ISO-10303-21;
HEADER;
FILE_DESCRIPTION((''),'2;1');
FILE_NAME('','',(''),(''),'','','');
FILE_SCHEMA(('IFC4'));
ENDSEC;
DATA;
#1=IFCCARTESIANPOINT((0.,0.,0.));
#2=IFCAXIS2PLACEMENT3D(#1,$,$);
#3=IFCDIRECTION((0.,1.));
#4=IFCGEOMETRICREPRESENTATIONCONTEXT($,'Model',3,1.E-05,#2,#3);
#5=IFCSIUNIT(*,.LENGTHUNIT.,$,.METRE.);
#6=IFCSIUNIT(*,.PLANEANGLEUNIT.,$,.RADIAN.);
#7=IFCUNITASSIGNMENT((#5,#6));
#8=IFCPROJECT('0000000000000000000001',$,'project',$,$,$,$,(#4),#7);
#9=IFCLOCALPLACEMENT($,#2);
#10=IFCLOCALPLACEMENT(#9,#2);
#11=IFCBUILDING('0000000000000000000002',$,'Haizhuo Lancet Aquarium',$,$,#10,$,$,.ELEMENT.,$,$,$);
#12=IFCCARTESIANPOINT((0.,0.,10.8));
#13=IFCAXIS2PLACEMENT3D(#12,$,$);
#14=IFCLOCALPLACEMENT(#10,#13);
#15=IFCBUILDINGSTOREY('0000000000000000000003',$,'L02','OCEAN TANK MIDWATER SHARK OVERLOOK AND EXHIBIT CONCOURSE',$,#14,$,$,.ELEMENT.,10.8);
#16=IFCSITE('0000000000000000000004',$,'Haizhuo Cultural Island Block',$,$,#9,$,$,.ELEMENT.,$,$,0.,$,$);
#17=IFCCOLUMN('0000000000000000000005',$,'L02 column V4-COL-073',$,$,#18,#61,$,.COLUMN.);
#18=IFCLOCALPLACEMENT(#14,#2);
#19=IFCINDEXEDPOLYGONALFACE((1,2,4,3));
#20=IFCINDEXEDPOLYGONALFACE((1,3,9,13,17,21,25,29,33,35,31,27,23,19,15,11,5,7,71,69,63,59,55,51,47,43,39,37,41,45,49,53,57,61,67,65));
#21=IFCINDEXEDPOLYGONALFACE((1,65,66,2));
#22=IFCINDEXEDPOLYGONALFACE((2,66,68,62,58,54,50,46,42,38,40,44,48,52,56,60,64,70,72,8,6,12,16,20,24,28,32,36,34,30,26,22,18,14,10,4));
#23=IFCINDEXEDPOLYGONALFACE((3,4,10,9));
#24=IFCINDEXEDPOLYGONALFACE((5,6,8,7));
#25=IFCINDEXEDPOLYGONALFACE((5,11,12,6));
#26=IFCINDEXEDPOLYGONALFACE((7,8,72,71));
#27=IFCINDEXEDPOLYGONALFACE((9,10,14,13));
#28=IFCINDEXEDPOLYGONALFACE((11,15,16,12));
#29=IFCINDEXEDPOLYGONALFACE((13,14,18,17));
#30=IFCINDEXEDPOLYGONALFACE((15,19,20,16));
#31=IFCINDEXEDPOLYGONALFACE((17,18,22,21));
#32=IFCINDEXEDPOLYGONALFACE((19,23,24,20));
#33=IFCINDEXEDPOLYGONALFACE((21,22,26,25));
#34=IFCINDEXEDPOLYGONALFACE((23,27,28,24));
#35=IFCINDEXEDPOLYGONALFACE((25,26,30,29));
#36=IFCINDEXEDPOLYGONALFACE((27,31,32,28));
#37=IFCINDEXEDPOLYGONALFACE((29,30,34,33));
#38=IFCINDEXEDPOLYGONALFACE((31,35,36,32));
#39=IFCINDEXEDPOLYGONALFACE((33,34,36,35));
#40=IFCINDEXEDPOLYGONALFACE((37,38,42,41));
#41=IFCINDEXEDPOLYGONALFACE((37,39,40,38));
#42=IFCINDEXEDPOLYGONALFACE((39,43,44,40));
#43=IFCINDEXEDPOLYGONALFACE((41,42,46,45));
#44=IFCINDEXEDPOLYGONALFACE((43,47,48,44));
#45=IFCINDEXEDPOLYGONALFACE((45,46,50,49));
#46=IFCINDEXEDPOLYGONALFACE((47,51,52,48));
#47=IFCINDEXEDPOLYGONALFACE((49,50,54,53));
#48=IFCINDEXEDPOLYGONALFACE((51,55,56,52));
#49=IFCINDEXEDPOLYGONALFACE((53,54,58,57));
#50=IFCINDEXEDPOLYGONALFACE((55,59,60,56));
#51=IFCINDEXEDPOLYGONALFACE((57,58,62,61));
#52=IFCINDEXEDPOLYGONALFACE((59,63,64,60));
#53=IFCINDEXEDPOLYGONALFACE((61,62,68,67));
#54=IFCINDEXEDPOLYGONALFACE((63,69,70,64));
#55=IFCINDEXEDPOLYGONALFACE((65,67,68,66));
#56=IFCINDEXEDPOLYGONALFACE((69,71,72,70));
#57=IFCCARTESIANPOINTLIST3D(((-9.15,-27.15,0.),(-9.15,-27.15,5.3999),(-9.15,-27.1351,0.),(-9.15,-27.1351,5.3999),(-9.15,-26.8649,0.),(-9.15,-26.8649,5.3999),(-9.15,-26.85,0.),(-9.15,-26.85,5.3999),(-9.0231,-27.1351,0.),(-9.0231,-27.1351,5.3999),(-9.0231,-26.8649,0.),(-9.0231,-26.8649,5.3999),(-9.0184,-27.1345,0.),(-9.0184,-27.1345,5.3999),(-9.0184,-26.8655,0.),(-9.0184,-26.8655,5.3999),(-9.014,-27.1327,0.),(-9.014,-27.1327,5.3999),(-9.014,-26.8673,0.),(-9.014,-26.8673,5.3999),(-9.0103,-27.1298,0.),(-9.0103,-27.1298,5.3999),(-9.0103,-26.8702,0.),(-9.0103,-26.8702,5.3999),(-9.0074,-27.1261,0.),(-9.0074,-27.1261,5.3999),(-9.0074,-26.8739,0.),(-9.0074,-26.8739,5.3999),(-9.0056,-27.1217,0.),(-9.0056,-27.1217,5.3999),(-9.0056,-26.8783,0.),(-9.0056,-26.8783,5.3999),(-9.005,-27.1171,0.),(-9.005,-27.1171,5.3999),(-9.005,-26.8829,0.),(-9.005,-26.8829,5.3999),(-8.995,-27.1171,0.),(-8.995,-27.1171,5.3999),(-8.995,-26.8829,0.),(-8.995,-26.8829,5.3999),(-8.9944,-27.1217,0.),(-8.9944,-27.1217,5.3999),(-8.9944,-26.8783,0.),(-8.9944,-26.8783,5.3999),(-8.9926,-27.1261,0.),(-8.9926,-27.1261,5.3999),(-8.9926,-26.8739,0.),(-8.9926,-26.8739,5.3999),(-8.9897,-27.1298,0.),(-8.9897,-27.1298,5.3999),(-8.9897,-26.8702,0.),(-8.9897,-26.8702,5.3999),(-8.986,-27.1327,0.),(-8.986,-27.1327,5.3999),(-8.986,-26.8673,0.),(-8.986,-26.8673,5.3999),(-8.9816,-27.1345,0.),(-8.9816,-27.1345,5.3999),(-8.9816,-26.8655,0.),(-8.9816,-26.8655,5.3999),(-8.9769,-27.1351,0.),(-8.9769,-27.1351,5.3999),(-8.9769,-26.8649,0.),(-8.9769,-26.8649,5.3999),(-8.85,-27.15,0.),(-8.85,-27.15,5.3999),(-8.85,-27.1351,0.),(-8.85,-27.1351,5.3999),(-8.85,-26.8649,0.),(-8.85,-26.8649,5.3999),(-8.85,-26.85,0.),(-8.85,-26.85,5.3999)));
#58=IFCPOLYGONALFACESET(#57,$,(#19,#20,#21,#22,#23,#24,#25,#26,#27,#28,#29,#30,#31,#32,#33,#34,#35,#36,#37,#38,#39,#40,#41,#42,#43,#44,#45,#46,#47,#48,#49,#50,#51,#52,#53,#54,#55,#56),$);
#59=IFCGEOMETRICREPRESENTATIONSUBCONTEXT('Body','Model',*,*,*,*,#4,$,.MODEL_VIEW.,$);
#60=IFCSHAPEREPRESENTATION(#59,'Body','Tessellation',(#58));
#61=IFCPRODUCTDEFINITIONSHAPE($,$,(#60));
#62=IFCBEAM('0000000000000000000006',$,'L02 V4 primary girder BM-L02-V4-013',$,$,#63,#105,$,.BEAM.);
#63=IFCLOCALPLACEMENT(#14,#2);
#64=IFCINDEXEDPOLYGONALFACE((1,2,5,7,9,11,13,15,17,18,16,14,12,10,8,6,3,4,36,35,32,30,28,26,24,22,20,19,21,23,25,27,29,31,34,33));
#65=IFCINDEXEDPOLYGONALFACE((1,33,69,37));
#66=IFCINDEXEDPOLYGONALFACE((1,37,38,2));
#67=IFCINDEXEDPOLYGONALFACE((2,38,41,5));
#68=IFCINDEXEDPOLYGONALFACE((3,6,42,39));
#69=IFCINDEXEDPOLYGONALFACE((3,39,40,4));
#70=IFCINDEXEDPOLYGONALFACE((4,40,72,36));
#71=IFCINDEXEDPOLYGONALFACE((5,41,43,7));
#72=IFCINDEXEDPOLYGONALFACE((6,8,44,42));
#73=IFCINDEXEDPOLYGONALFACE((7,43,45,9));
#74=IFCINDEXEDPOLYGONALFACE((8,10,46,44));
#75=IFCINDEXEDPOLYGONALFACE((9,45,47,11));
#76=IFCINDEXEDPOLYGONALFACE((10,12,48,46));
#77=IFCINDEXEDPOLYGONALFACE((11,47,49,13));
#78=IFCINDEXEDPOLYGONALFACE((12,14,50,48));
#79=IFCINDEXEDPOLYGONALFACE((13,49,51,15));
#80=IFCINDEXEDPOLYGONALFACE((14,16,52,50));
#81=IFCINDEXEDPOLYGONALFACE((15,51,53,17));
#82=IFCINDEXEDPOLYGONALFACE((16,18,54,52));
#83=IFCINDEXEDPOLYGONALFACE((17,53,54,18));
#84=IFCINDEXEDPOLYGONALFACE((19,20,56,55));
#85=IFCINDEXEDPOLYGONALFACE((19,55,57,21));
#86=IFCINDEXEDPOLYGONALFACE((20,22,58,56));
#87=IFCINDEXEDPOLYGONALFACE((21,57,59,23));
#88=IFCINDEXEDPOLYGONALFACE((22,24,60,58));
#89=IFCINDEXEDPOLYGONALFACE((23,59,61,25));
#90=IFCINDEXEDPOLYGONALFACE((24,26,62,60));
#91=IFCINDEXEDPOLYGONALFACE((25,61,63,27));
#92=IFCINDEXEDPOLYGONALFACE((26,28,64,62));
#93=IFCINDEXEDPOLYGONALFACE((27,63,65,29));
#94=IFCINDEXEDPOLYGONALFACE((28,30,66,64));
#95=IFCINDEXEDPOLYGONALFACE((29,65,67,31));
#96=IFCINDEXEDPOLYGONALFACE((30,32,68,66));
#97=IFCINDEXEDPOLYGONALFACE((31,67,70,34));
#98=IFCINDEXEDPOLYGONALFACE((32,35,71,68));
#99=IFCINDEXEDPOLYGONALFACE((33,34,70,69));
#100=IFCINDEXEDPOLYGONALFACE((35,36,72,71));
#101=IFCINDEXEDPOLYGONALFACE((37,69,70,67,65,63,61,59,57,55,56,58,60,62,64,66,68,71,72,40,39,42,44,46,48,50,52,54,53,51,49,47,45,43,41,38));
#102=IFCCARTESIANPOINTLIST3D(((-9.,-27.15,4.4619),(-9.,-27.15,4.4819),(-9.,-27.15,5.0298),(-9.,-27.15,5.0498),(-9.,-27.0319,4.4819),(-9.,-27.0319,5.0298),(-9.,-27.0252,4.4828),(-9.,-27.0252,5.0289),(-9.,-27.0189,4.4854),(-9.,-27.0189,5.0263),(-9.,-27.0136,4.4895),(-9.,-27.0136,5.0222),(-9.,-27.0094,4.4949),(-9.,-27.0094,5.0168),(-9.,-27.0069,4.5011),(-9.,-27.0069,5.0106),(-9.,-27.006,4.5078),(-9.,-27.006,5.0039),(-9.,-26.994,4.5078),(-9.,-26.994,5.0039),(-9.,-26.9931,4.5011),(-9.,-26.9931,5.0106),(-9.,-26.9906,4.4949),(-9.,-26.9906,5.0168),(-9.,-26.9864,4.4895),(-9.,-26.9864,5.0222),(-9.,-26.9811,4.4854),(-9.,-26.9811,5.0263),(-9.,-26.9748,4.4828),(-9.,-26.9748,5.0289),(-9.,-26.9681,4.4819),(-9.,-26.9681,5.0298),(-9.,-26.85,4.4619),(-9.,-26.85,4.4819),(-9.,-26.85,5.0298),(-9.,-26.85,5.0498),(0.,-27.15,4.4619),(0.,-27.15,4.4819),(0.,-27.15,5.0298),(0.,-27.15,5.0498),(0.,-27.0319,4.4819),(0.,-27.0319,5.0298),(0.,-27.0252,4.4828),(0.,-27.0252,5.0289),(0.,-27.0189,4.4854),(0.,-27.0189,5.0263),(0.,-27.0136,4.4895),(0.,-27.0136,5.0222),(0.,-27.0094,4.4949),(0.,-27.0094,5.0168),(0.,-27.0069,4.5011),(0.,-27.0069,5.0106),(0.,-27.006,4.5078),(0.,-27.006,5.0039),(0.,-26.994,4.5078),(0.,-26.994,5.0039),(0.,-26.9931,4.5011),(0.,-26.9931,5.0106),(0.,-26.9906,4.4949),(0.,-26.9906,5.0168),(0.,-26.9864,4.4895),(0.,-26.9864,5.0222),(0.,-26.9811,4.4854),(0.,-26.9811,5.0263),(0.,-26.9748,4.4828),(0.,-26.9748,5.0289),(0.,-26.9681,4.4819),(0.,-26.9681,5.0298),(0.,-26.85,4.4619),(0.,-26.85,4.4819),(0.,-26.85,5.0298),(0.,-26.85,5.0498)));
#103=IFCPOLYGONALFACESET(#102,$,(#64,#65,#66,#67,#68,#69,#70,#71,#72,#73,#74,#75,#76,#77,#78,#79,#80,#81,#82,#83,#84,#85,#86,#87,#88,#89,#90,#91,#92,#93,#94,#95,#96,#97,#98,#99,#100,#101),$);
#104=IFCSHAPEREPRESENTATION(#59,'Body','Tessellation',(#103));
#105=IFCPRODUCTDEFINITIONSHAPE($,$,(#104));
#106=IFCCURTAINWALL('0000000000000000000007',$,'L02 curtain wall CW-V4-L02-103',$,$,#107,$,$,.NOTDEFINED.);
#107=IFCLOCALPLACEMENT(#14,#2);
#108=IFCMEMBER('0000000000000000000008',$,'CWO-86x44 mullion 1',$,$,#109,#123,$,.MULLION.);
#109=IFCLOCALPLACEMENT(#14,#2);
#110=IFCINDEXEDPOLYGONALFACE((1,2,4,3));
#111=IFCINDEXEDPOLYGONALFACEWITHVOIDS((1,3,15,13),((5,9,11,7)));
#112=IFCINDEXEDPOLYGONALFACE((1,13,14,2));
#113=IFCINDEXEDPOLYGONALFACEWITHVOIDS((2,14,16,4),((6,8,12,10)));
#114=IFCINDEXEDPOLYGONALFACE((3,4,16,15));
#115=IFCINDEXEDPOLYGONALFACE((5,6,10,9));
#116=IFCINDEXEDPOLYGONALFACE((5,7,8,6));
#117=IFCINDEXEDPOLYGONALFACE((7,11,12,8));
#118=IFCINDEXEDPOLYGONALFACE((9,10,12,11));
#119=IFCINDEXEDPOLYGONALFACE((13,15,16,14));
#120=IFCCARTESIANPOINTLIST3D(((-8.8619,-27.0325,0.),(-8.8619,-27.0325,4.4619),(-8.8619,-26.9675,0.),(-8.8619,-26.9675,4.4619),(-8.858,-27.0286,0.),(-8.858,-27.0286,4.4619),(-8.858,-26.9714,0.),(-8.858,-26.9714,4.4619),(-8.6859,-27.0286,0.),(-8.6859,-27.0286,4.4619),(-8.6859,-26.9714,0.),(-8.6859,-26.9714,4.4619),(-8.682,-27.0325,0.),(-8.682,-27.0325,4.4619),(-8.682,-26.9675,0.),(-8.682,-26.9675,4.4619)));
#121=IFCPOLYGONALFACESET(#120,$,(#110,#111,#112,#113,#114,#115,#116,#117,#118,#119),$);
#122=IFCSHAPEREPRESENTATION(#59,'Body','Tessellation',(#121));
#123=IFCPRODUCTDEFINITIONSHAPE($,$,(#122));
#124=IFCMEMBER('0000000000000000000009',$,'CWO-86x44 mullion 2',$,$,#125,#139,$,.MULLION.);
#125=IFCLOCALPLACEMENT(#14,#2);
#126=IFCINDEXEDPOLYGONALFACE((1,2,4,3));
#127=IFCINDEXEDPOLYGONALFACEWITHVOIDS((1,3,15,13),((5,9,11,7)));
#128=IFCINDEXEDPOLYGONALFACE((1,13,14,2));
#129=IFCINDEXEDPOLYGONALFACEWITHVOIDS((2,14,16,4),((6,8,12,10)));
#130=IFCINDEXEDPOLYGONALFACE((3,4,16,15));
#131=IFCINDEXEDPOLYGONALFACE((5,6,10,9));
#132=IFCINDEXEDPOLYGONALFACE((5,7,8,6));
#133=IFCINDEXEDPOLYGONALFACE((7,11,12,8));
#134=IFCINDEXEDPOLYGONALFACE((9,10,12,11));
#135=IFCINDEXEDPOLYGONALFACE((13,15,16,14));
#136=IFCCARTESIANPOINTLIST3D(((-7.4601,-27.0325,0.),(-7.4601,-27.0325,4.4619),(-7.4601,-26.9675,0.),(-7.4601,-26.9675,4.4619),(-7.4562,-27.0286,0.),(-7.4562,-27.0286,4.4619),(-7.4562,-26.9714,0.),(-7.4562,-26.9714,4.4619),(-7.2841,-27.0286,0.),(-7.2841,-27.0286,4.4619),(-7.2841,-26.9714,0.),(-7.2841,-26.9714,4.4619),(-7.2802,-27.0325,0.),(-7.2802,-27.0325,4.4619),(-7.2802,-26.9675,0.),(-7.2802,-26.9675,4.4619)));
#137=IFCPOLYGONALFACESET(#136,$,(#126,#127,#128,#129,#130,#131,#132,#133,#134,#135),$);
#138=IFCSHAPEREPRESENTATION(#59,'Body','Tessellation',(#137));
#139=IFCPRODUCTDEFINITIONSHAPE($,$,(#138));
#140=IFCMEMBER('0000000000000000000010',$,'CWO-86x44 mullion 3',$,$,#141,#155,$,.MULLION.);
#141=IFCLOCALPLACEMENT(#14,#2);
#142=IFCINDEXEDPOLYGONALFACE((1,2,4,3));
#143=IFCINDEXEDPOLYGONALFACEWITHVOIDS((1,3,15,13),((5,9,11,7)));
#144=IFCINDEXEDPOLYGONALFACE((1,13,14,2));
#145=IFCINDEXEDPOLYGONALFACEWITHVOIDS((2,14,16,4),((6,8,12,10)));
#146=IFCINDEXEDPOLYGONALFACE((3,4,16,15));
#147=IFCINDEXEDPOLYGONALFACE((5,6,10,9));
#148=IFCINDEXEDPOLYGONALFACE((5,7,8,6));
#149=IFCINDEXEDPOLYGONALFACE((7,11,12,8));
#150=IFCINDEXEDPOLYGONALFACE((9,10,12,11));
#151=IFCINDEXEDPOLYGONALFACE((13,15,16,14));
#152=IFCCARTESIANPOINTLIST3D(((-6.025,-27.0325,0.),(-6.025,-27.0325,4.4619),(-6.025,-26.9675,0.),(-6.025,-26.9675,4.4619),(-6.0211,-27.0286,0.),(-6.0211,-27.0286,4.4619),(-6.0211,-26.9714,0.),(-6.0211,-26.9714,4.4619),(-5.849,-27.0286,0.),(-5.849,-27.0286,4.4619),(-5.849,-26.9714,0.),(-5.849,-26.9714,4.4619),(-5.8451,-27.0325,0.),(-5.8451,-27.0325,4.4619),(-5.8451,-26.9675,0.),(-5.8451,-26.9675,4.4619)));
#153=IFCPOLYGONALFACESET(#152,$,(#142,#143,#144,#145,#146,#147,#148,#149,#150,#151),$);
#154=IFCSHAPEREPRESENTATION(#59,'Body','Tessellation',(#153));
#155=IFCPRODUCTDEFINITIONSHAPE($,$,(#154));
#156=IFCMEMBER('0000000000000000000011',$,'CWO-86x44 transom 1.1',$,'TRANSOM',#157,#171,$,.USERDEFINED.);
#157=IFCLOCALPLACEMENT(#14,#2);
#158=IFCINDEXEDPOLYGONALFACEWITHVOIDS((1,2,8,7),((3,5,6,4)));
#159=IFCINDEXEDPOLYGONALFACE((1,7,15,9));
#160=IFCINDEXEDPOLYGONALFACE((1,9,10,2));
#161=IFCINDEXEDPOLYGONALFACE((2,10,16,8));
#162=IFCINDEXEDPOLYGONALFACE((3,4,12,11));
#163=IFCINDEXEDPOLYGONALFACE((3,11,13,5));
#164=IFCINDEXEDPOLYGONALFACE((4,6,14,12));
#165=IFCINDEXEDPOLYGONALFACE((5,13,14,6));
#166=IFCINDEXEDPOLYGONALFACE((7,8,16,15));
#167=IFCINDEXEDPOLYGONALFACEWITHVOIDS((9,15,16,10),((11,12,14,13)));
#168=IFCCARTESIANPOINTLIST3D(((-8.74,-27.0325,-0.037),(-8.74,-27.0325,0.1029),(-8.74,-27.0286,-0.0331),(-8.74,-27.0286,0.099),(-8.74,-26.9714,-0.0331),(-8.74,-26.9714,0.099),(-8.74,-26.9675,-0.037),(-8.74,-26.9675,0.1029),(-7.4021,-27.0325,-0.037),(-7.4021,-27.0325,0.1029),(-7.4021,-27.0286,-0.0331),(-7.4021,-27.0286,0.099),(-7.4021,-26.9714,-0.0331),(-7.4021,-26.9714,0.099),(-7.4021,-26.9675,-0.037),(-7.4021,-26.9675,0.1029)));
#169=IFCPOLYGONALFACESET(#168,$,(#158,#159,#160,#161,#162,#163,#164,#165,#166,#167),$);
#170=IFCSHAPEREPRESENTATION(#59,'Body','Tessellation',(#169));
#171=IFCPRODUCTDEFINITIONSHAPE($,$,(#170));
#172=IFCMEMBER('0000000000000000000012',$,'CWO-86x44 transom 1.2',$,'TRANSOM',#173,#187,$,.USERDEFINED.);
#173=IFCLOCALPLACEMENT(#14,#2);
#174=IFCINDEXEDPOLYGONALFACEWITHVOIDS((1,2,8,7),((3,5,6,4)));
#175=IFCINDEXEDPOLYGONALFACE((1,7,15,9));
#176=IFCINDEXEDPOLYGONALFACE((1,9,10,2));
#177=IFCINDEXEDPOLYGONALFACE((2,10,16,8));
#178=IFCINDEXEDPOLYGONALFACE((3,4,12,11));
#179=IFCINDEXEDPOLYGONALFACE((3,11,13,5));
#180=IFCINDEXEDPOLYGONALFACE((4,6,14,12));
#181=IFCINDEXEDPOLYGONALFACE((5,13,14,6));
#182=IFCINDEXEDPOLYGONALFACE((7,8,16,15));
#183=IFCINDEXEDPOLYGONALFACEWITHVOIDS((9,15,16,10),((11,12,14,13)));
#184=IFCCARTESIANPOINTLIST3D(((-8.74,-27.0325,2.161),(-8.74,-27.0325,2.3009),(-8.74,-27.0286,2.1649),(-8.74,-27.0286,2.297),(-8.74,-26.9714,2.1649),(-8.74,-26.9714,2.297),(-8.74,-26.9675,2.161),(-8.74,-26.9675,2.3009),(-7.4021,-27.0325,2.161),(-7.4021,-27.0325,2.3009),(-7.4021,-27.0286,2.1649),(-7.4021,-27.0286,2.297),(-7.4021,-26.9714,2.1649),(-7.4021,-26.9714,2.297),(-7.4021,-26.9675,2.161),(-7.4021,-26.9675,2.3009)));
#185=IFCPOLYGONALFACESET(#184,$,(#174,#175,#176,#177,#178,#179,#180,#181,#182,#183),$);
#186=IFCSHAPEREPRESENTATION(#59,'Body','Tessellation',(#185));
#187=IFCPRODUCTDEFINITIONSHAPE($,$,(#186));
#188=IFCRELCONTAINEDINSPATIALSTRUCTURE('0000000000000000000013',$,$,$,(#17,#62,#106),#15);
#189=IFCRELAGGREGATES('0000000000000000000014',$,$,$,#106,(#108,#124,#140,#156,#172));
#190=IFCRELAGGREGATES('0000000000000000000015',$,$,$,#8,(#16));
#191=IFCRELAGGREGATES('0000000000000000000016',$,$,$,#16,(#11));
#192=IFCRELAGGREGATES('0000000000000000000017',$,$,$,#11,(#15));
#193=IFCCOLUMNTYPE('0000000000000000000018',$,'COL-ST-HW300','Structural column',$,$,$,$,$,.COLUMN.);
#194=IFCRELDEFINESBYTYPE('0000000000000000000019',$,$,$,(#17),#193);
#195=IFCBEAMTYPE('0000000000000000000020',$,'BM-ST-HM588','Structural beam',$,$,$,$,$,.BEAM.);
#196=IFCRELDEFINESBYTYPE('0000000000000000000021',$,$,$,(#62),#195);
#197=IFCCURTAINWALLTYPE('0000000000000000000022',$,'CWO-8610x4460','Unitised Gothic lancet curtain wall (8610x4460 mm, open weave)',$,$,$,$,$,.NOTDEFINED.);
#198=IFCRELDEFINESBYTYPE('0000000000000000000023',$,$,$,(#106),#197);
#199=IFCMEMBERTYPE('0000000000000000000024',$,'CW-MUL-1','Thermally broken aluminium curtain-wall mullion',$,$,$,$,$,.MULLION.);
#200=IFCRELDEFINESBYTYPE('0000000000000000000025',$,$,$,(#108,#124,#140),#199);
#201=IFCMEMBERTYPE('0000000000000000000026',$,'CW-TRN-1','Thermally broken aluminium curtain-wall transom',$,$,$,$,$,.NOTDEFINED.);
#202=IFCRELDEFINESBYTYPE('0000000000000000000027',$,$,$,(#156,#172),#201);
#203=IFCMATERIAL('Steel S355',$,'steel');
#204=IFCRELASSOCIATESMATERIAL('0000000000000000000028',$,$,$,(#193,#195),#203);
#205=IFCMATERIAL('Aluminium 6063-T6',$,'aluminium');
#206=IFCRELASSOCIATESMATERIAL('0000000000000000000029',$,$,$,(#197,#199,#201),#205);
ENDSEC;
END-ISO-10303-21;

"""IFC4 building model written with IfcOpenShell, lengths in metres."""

from ifc_helpers import new_model, si_unit, direction, frame, origin, origin_2d, place, context, subcontext, project, spatial, hollow_rectangle, i_section, extrude, material, material_profile, profile_set, type_object, element, aggregate, save


model = new_model("IFC4")

# Units and contexts
model_context = context("Model", 3, precision=1e-05, world=origin(), true_north=direction((0.0, 1.0)))
body_context = subcontext(model_context, "Body", "Model", "MODEL_VIEW")
ifc_project = project(units=[si_unit("LENGTHUNIT", "METRE"), si_unit("PLANEANGLEUNIT", "RADIAN")], contexts=[model_context])

# Site, building, storey
site_placement = place(None, origin())
site = spatial("IfcSite", under=ifc_project, at=site_placement, Name="Haizhuo Cultural Island Block", CompositionType="ELEMENT", RefElevation=0.0)
building_placement = place(site_placement, origin())
building = spatial("IfcBuilding", under=site, at=building_placement, Name="Haizhuo Lancet Aquarium", CompositionType="ELEMENT")
storey_placement = place(building_placement, frame((0.0, 0.0, 10.8)))
storey = spatial("IfcBuildingStorey", under=building, at=storey_placement, Name="L02", Description="OCEAN TANK MIDWATER SHARK OVERLOOK AND EXHIBIT CONCOURSE", CompositionType="ELEMENT", Elevation=10.8)

# Column
ifc_material_1 = material(Name="Steel S355", Category="steel")
ifc_material_profile_1 = material_profile(ifc_material_1, i_section(OverallWidth=0.3, OverallDepth=0.3, WebThickness=0.01, FlangeThickness=0.0149, FilletRadius=0.0181, at=origin_2d()), Name="HW 300x300x10x15")
ifc_profile_set_1 = profile_set([ifc_material_profile_1], Name="Steel S355")
column_type = type_object("IfcColumnType", Name="COL-ST-HW300", Description="Structural column", PredefinedType="COLUMN", material=ifc_profile_set_1)
column_placement = place(storey_placement, frame((-9.0, -27.0, 0.0), z_axis=(0.0, 0.0, 1.0), x_axis=(1.0, 0.0, 0.0)))
element("IfcColumn", 1, at=column_placement, inside=storey, type_object=column_type, Name="L02 column V4-COL-073", PredefinedType="COLUMN", context=body_context, shape_type="SweptSolid", body=[
    extrude(i_section(OverallWidth=0.3, OverallDepth=0.3, WebThickness=0.01, FlangeThickness=0.0149, FilletRadius=0.0181, at=origin_2d()), origin(), (0.0, 0.0, 1.0), 5.3999),
])

# Beam
ifc_material_profile_2 = material_profile(ifc_material_1, i_section(OverallWidth=0.3, OverallDepth=0.5879, WebThickness=0.012, FlangeThickness=0.02, FilletRadius=0.0259, at=origin_2d()), Name="HM 588x300x12x20")
ifc_profile_set_2 = profile_set([ifc_material_profile_2], Name="Steel S355")
beam_type_1 = type_object("IfcBeamType", Name="BM-ST-HM588", Description="Structural beam", PredefinedType="BEAM", material=ifc_profile_set_2)
beam_1_placement = place(storey_placement, frame((-9.0, -27.0, 4.7559), z_axis=(1.0, 0.0, 0.0), x_axis=(0.0, 1.0, 0.0)))
element("IfcBeam", 2, at=beam_1_placement, inside=storey, type_object=beam_type_1, Name="L02 V4 primary girder BM-L02-V4-013", PredefinedType="BEAM", context=body_context, shape_type="SweptSolid", body=[
    extrude(i_section(OverallWidth=0.3, OverallDepth=0.5879, WebThickness=0.012, FlangeThickness=0.02, FilletRadius=0.0259, at=origin_2d()), origin(), (0.0, 0.0, 1.0), 9.0),
])

# Curtain wall, members
ifc_material_2 = material(Name="Aluminium 6063-T6", Category="aluminium")
curtain_wall_type = type_object("IfcCurtainWallType", Name="CWO-8610x4460", Description="Unitised Gothic lancet curtain wall (8610x4460 mm, open weave)", PredefinedType="NOTDEFINED", material=ifc_material_2)
curtain_wall_placement = place(storey_placement, origin())
curtain_wall = element("IfcCurtainWall", 3, at=curtain_wall_placement, inside=storey, type_object=curtain_wall_type, Name="L02 curtain wall CW-V4-L02-103", PredefinedType="NOTDEFINED")
ifc_material_profile_3 = material_profile(ifc_material_2, hollow_rectangle(XDim=0.0649, YDim=0.1799, WallThickness=0.0039, at=origin_2d()), Name="ALU-M 65x180x4")
ifc_profile_set_3 = profile_set([ifc_material_profile_3], Name="Aluminium 6063-T6")
member_type_1 = type_object("IfcMemberType", Name="CW-MUL-1", Description="Thermally broken aluminium curtain-wall mullion", PredefinedType="MULLION", material=ifc_profile_set_3)
member_1_placement = place(storey_placement, frame((-8.772, -27.0, 0.0), z_axis=(0.0, 0.0, 1.0), x_axis=(0.0, 1.0, 0.0)))
member_1 = element("IfcMember", 4, at=member_1_placement, type_object=member_type_1, Name="CWO-86x44 mullion 1", PredefinedType="MULLION", context=body_context, shape_type="SweptSolid", body=[
    extrude(hollow_rectangle(XDim=0.0649, YDim=0.1799, WallThickness=0.0039, at=origin_2d()), origin(), (0.0, 0.0, 1.0), 4.4619),
])
member_2_placement = place(storey_placement, frame((-7.3701, -27.0, 0.0), z_axis=(0.0, 0.0, 1.0), x_axis=(0.0, 1.0, 0.0)))
member_2 = element("IfcMember", 5, at=member_2_placement, type_object=member_type_1, Name="CWO-86x44 mullion 2", PredefinedType="MULLION", context=body_context, shape_type="SweptSolid", body=[
    extrude(hollow_rectangle(XDim=0.0649, YDim=0.1799, WallThickness=0.0039, at=origin_2d()), origin(), (0.0, 0.0, 1.0), 4.4619),
])
member_3_placement = place(storey_placement, frame((-5.9351, -27.0, 0.0), z_axis=(0.0, 0.0, 1.0), x_axis=(0.0, 1.0, 0.0)))
member_3 = element("IfcMember", 6, at=member_3_placement, type_object=member_type_1, Name="CWO-86x44 mullion 3", PredefinedType="MULLION", context=body_context, shape_type="SweptSolid", body=[
    extrude(hollow_rectangle(XDim=0.0649, YDim=0.1799, WallThickness=0.0039, at=origin_2d()), origin(), (0.0, 0.0, 1.0), 4.4619),
])
ifc_material_profile_4 = material_profile(ifc_material_2, hollow_rectangle(XDim=0.0649, YDim=0.1399, WallThickness=0.0039, at=origin_2d()), Name="ALU-T 65x140x4")
ifc_profile_set_4 = profile_set([ifc_material_profile_4], Name="Aluminium 6063-T6")
member_type_2 = type_object("IfcMemberType", Name="CW-TRN-1", Description="Thermally broken aluminium curtain-wall transom", PredefinedType="NOTDEFINED", material=ifc_profile_set_4)
member_4_placement = place(storey_placement, frame((-8.74, -27.0, 0.033), z_axis=(1.0, 0.0, 0.0), x_axis=(0.0, 1.0, 0.0)))
member_4 = element("IfcMember", 7, at=member_4_placement, type_object=member_type_2, Name="CWO-86x44 transom 1.1", ObjectType="TRANSOM", PredefinedType="USERDEFINED", context=body_context, shape_type="SweptSolid", body=[
    extrude(hollow_rectangle(XDim=0.0649, YDim=0.1399, WallThickness=0.0039, at=origin_2d()), origin(), (0.0, 0.0, 1.0), 1.3379),
])
member_5_placement = place(storey_placement, frame((-8.74, -27.0, 2.231), z_axis=(1.0, 0.0, 0.0), x_axis=(0.0, 1.0, 0.0)))
member_5 = element("IfcMember", 8, at=member_5_placement, type_object=member_type_2, Name="CWO-86x44 transom 1.2", ObjectType="TRANSOM", PredefinedType="USERDEFINED", context=body_context, shape_type="SweptSolid", body=[
    extrude(hollow_rectangle(XDim=0.0649, YDim=0.1399, WallThickness=0.0039, at=origin_2d()), origin(), (0.0, 0.0, 1.0), 1.3379),
])

aggregate(curtain_wall, [member_1, member_2, member_3, member_4, member_5])

save(model, "model.ifc")
